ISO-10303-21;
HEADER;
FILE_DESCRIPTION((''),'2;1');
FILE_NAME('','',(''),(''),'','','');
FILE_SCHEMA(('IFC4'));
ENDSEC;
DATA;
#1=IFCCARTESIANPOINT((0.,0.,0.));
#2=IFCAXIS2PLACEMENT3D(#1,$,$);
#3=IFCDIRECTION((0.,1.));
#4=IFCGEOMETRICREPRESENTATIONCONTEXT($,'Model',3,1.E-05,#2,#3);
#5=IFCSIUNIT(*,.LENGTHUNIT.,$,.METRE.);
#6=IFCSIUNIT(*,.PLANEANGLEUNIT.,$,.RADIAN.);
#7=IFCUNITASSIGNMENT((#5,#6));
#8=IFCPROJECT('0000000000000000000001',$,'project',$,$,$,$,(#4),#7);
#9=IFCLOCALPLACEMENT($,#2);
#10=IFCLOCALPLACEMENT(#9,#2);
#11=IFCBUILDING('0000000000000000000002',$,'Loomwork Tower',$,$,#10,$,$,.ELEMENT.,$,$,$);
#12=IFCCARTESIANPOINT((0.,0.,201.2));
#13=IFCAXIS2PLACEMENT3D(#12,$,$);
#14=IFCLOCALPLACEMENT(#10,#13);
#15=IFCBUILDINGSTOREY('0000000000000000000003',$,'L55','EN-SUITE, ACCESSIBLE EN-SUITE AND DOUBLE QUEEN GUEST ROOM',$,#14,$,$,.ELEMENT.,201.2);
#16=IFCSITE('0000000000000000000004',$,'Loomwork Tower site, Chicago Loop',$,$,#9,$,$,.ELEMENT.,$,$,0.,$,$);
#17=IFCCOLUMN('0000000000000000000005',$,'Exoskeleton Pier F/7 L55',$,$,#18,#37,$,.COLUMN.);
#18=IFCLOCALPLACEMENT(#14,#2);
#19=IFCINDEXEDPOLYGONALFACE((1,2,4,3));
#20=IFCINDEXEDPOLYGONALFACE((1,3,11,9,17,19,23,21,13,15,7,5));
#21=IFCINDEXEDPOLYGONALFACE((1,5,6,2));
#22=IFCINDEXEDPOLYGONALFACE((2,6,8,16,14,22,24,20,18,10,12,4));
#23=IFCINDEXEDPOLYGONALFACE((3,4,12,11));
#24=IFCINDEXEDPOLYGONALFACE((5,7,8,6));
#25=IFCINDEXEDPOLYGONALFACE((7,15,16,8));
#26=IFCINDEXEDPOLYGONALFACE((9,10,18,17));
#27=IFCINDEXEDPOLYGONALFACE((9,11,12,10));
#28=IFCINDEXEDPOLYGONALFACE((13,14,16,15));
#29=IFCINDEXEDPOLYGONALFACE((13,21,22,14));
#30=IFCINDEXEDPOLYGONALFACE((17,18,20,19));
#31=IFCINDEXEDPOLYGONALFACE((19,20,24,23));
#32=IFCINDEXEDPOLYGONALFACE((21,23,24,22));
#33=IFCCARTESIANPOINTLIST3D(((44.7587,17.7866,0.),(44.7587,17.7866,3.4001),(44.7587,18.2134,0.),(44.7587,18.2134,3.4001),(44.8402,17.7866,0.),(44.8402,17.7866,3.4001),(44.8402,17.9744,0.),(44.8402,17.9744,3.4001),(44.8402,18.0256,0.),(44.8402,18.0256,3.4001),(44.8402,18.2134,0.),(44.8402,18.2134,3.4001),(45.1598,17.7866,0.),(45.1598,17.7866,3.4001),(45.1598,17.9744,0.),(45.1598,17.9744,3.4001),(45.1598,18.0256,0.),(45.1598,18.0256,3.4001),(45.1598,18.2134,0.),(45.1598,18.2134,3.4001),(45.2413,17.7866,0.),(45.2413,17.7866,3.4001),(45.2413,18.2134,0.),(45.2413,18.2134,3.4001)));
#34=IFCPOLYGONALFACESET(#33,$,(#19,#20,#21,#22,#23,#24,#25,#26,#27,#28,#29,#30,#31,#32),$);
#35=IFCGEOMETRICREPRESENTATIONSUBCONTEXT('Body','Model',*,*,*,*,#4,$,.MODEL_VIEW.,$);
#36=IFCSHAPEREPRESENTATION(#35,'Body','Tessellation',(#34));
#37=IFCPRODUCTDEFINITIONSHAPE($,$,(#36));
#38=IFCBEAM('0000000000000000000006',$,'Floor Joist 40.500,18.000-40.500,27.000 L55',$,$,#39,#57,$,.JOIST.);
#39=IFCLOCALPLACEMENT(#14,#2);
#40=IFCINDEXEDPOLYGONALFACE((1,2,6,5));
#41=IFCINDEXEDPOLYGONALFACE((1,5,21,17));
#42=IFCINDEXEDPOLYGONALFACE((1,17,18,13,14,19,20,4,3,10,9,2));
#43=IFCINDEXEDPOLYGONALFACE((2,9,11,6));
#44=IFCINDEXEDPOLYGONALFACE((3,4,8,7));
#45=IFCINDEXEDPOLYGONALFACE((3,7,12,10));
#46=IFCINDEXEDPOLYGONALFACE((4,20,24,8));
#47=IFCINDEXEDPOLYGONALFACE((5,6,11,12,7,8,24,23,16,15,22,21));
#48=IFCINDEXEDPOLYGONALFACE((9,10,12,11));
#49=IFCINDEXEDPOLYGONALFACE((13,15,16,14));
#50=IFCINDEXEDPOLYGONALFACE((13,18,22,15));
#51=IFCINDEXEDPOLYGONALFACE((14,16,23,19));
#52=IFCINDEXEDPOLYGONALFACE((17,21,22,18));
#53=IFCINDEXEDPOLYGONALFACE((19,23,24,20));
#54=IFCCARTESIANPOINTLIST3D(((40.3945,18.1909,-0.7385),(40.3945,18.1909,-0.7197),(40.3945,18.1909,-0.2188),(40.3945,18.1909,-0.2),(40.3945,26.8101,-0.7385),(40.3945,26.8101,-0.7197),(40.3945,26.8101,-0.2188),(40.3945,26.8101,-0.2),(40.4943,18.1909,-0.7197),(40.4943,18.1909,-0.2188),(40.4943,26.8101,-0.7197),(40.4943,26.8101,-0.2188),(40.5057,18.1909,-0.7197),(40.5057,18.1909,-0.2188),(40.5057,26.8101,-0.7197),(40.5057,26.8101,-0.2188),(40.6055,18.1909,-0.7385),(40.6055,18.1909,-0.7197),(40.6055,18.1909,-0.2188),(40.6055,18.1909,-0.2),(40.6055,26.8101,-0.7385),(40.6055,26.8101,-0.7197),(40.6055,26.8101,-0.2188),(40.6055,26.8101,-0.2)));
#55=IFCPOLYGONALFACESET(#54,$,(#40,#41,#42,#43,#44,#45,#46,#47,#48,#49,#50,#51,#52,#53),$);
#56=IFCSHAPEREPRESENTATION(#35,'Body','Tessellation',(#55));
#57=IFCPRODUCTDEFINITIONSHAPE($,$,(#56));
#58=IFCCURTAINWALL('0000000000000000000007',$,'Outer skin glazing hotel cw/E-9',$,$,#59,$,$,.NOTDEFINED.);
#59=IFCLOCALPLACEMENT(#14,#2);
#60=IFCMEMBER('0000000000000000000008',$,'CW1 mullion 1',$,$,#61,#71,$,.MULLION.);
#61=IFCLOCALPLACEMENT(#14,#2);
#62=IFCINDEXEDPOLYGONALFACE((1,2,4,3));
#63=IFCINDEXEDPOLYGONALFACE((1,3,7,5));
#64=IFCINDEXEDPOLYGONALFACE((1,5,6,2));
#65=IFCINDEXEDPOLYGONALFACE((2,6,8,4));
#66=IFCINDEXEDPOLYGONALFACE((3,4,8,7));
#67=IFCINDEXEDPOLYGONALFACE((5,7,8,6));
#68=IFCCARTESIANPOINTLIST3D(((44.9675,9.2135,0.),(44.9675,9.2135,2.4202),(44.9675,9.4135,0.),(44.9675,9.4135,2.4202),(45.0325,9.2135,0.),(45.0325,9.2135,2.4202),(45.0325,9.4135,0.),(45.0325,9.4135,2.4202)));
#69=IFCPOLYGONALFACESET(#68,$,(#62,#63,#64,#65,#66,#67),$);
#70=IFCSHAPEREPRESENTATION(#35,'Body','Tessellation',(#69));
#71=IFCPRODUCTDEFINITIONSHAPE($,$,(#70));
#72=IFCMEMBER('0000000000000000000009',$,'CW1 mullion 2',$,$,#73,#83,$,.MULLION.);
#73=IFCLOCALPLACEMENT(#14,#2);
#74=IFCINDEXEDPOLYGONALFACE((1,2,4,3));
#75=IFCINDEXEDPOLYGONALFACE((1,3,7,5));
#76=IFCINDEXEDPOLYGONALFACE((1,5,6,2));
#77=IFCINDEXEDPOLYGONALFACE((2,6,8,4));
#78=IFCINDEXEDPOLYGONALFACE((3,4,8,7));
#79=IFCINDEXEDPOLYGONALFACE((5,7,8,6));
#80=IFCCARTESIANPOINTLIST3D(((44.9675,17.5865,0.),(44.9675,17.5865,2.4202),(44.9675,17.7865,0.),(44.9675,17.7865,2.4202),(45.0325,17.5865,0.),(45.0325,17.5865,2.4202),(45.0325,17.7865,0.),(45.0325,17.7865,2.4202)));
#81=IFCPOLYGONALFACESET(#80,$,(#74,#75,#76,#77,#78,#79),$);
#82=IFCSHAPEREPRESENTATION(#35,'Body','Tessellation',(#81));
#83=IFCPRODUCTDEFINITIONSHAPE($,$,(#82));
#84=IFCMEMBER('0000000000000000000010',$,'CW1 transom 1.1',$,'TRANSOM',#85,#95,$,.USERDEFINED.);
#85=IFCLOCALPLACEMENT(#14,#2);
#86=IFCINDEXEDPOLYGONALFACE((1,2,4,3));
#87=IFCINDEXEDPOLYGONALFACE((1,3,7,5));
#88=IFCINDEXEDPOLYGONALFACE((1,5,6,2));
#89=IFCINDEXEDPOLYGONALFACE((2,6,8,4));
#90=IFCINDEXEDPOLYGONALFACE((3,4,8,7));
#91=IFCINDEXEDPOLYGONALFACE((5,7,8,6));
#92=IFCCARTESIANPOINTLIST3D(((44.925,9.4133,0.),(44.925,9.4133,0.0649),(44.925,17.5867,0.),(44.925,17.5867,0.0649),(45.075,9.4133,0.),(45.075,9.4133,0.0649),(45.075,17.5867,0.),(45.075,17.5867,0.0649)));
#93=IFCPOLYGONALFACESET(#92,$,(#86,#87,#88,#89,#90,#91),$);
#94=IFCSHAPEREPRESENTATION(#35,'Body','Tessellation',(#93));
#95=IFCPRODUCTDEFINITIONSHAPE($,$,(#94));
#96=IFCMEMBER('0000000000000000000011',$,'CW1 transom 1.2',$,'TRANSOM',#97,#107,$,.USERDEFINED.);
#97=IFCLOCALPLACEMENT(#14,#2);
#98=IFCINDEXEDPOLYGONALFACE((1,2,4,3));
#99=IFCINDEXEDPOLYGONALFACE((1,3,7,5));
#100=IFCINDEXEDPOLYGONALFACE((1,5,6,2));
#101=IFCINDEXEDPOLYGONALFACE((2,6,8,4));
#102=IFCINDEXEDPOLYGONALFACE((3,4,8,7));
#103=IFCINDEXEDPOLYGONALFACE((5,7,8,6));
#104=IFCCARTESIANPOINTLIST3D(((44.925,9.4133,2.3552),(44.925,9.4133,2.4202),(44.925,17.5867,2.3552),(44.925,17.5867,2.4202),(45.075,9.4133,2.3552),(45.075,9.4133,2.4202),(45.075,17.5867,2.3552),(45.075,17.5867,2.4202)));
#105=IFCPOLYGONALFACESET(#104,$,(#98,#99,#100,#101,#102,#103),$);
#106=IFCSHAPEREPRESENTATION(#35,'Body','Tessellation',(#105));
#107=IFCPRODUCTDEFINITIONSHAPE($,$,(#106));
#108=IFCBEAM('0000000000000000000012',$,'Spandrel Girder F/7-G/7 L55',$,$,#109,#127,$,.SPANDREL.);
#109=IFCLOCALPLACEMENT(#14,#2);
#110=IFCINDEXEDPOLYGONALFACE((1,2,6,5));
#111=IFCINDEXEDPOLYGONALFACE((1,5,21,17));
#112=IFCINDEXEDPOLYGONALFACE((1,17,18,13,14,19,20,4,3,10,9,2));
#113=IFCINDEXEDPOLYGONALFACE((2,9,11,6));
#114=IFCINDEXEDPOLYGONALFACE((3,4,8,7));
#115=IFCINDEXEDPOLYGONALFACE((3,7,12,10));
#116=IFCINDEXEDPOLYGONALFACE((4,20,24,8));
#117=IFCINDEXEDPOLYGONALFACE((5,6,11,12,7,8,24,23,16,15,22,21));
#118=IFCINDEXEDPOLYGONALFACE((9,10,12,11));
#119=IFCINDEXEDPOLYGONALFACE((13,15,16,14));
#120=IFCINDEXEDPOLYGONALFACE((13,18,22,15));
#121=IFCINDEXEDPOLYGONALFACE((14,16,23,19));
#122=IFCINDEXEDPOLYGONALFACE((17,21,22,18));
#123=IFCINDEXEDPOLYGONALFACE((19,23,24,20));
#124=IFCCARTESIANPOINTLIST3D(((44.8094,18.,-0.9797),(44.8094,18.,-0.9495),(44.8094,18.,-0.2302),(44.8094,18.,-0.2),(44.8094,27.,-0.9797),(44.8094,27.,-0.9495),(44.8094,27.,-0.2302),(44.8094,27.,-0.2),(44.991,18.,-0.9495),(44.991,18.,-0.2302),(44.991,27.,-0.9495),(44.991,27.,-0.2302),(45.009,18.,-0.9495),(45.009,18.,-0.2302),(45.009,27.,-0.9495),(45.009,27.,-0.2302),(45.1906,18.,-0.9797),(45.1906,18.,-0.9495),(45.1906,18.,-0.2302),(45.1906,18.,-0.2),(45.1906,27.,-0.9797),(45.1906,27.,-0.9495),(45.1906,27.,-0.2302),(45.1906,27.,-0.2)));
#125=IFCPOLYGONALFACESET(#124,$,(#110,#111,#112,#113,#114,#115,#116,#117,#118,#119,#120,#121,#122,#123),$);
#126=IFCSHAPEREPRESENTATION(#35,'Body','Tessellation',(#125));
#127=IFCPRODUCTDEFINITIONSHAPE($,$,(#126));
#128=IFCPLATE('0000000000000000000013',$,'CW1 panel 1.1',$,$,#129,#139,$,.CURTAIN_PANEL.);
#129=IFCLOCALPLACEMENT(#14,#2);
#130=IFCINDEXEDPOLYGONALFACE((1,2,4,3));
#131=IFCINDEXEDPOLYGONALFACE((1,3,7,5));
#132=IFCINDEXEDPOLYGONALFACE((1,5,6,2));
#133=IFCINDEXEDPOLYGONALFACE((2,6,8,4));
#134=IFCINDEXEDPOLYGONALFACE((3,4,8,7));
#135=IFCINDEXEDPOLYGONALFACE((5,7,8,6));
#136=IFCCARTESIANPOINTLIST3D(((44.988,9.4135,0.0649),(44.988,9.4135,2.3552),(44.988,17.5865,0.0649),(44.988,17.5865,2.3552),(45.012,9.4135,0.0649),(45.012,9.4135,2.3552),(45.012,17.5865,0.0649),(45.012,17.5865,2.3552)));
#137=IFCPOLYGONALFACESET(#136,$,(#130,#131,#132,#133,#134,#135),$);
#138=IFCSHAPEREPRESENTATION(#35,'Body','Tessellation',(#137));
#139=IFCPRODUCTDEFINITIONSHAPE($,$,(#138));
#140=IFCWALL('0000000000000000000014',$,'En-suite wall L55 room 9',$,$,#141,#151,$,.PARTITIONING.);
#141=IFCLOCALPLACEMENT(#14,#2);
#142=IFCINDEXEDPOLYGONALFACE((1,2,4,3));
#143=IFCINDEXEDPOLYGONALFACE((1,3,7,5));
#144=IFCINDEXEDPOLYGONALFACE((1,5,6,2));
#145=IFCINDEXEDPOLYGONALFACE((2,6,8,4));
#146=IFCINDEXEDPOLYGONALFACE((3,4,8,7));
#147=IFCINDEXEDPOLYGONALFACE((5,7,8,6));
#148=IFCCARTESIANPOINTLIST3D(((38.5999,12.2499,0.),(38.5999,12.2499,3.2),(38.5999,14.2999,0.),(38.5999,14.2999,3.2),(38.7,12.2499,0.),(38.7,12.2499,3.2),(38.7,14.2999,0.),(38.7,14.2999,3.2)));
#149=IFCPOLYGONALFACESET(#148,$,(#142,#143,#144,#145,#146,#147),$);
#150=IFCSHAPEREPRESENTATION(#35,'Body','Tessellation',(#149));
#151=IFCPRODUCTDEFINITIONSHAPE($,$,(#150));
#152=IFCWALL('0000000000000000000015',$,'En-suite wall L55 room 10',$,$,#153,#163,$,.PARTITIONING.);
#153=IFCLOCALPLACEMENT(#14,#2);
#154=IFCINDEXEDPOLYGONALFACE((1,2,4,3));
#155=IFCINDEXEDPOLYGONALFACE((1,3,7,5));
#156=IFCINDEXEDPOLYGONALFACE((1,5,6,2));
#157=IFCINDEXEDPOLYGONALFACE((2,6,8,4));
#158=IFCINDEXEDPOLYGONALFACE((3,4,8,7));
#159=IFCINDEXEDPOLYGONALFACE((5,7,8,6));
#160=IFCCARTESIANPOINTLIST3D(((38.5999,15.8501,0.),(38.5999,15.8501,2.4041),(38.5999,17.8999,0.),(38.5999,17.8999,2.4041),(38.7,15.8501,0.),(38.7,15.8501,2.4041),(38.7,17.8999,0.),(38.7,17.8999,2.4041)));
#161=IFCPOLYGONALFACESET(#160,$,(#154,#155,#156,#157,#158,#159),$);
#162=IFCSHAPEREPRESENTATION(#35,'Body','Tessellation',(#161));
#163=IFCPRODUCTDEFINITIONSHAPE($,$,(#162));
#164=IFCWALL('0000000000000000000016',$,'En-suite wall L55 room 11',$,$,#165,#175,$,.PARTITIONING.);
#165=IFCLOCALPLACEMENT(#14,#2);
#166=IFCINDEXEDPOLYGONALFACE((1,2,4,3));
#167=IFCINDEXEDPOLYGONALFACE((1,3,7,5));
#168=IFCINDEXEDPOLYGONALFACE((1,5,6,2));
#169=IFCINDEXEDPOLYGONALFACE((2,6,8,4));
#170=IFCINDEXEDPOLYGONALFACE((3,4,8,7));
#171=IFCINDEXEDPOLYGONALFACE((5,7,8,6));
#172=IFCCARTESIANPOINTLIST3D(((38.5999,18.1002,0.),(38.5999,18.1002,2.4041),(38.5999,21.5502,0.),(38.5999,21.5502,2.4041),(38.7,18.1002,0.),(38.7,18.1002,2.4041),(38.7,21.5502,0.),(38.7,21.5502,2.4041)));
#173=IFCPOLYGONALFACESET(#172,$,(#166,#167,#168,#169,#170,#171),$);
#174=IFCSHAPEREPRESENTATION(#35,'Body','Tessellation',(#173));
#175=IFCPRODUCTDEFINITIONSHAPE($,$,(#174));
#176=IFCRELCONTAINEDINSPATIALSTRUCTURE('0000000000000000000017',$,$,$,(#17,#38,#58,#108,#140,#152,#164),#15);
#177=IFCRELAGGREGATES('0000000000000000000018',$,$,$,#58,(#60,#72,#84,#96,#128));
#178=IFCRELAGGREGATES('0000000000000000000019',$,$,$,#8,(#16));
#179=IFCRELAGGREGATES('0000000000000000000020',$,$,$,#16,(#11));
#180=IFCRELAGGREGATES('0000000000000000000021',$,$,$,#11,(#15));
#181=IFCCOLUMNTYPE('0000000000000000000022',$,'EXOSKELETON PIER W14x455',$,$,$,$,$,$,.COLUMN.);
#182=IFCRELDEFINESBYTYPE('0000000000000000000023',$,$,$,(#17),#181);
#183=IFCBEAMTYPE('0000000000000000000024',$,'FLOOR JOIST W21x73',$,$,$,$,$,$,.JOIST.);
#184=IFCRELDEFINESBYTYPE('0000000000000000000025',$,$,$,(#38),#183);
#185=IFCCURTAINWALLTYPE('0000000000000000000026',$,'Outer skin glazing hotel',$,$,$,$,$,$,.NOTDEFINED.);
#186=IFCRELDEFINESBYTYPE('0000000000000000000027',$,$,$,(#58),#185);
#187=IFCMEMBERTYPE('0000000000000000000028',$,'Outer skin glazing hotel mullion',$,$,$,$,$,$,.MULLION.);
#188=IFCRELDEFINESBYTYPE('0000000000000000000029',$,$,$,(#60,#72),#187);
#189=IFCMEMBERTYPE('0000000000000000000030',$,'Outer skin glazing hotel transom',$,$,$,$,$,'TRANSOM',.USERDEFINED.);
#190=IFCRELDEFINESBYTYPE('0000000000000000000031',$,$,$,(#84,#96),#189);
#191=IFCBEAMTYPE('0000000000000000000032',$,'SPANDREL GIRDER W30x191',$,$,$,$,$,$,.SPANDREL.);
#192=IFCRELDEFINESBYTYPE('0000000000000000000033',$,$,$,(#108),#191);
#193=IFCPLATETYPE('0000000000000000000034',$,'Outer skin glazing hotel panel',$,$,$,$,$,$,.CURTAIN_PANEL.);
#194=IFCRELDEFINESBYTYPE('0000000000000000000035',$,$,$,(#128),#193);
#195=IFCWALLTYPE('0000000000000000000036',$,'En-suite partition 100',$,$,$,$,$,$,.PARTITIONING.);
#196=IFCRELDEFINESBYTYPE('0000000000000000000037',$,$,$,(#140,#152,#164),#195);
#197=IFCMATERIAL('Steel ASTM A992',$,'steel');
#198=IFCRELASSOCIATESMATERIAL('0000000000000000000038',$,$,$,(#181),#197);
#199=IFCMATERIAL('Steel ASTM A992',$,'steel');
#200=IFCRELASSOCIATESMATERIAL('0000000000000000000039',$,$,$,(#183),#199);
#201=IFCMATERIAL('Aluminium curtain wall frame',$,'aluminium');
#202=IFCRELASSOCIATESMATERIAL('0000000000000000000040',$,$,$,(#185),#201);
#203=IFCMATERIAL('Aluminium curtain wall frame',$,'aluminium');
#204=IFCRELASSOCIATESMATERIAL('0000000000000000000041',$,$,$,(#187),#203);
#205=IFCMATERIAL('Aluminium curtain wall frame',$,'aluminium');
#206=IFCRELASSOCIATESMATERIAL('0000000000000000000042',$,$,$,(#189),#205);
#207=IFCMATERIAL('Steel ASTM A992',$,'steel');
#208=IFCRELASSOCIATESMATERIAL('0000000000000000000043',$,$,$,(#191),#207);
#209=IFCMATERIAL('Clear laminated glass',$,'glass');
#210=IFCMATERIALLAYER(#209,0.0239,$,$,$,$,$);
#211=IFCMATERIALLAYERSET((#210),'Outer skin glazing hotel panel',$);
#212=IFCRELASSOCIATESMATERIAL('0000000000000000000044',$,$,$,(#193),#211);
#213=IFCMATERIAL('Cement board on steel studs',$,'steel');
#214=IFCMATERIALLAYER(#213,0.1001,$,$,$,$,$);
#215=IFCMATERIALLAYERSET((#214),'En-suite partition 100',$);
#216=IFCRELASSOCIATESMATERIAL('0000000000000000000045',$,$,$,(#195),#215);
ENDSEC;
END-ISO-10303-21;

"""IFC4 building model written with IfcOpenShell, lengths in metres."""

from ifc_helpers import new_model, si_unit, direction, frame, frame_2d, origin, origin_2d, place, context, subcontext, project, spatial, rectangle, i_section, extrude, material, layer, layer_set, material_profile, profile_set, type_object, element, aggregate, save


model = new_model("IFC4")

# Units and contexts
model_context = context("Model", 3, precision=1e-05, world=origin(), true_north=direction((0.0, 1.0)))
body_context = subcontext(model_context, "Body", "Model", "MODEL_VIEW")
ifc_project = project(units=[si_unit("LENGTHUNIT", "METRE"), si_unit("PLANEANGLEUNIT", "RADIAN")], contexts=[model_context])

# Site, building, storey
site_placement = place(None, origin())
site = spatial("IfcSite", under=ifc_project, at=site_placement, Name="Loomwork Tower site, Chicago Loop", CompositionType="ELEMENT", RefElevation=0.0)
building_placement = place(site_placement, origin())
building = spatial("IfcBuilding", under=site, at=building_placement, Name="Loomwork Tower", CompositionType="ELEMENT")
storey_placement = place(building_placement, frame((0.0, 0.0, 201.2)))
storey = spatial("IfcBuildingStorey", under=building, at=storey_placement, Name="L55", Description="EN-SUITE, ACCESSIBLE EN-SUITE AND DOUBLE QUEEN GUEST ROOM", CompositionType="ELEMENT", Elevation=201.2)

# Column
ifc_material_1 = material(Name="Steel ASTM A992", Category="steel")
ifc_material_profile_1 = material_profile(ifc_material_1, i_section(OverallWidth=0.4268, OverallDepth=0.4827, WebThickness=0.0513, FlangeThickness=0.0815, at=origin_2d()), Name="W14x455")
ifc_profile_set_1 = profile_set([ifc_material_profile_1], Name="Steel ASTM A992")
column_type = type_object("IfcColumnType", Name="EXOSKELETON PIER W14x455", PredefinedType="COLUMN", material=ifc_profile_set_1)
column_placement = place(storey_placement, frame((45.0, 18.0, 0.0), z_axis=(0.0, 0.0, 1.0), x_axis=(0.0, 1.0, 0.0)))
element("IfcColumn", 1, at=column_placement, inside=storey, type_object=column_type, Name="Exoskeleton Pier F/7 L55", PredefinedType="COLUMN", context=body_context, shape_type="SweptSolid", body=[
    extrude(i_section(OverallWidth=0.4268, OverallDepth=0.4827, WebThickness=0.0513, FlangeThickness=0.0815, at=origin_2d()), origin(), (0.0, 0.0, 1.0), 3.4001),
])

# Beam
ifc_material_2 = material(Name="Steel ASTM A992", Category="steel")
ifc_material_profile_2 = material_profile(ifc_material_2, i_section(OverallWidth=0.2109, OverallDepth=0.5386, WebThickness=0.0115, FlangeThickness=0.0188, at=origin_2d()), Name="W21x73")
ifc_profile_set_2 = profile_set([ifc_material_profile_2], Name="Steel ASTM A992")
beam_type_1 = type_object("IfcBeamType", Name="FLOOR JOIST W21x73", PredefinedType="JOIST", material=ifc_profile_set_2)
beam_1_placement = place(storey_placement, frame((40.5, 18.1909, -0.4692), z_axis=(0.0, 1.0, 0.0), x_axis=(-1.0, 0.0, 0.0)))
element("IfcBeam", 2, at=beam_1_placement, inside=storey, type_object=beam_type_1, Name="Floor Joist 40.500,18.000-40.500,27.000 L55", PredefinedType="JOIST", context=body_context, shape_type="SweptSolid", body=[
    extrude(i_section(OverallWidth=0.2109, OverallDepth=0.5386, WebThickness=0.0115, FlangeThickness=0.0188, at=origin_2d()), origin(), (0.0, 0.0, 1.0), 8.6191),
])

# Curtain wall, members
ifc_material_3 = material(Name="Aluminium curtain wall frame", Category="aluminium")
curtain_wall_type = type_object("IfcCurtainWallType", Name="Outer skin glazing hotel", PredefinedType="NOTDEFINED", material=ifc_material_3)
curtain_wall_placement = place(storey_placement, origin())
curtain_wall = element("IfcCurtainWall", 3, at=curtain_wall_placement, inside=storey, type_object=curtain_wall_type, Name="Outer skin glazing hotel cw/E-9", PredefinedType="NOTDEFINED")
ifc_material_4 = material(Name="Aluminium curtain wall frame", Category="aluminium")
ifc_material_profile_3 = material_profile(ifc_material_4, rectangle(XDim=0.0649, YDim=0.2, at=origin_2d()), Name="AL 65x200")
ifc_profile_set_3 = profile_set([ifc_material_profile_3], Name="Aluminium curtain wall frame")
member_type_1 = type_object("IfcMemberType", Name="Outer skin glazing hotel mullion", PredefinedType="MULLION", material=ifc_profile_set_3)
member_1_placement = place(storey_placement, frame((45.0, 9.3135, 0.0), z_axis=(0.0, 0.0, 1.0), x_axis=(-1.0, 0.0, 0.0)))
member_1 = element("IfcMember", 4, at=member_1_placement, type_object=member_type_1, Name="CW1 mullion 1", PredefinedType="MULLION", context=body_context, shape_type="SweptSolid", body=[
    extrude(rectangle(XDim=0.0649, YDim=0.2, at=origin_2d()), origin(), (0.0, 0.0, 1.0), 2.4202),
])
member_2_placement = place(storey_placement, frame((45.0, 17.6865, 0.0), z_axis=(0.0, 0.0, 1.0), x_axis=(-1.0, 0.0, 0.0)))
member_2 = element("IfcMember", 5, at=member_2_placement, type_object=member_type_1, Name="CW1 mullion 2", PredefinedType="MULLION", context=body_context, shape_type="SweptSolid", body=[
    extrude(rectangle(XDim=0.0649, YDim=0.2, at=origin_2d()), origin(), (0.0, 0.0, 1.0), 2.4202),
])
ifc_material_5 = material(Name="Aluminium curtain wall frame", Category="aluminium")
ifc_material_profile_4 = material_profile(ifc_material_5, rectangle(XDim=0.1499, YDim=0.0649, at=origin_2d()), Name="AL 65x150")
ifc_profile_set_4 = profile_set([ifc_material_profile_4], Name="Aluminium curtain wall frame")
member_type_2 = type_object("IfcMemberType", Name="Outer skin glazing hotel transom", ElementType="TRANSOM", PredefinedType="USERDEFINED", material=ifc_profile_set_4)
member_3_placement = place(storey_placement, frame((45.0, 9.4133, 0.0325), z_axis=(0.0, 1.0, 0.0), x_axis=(-1.0, 0.0, 0.0)))
member_3 = element("IfcMember", 6, at=member_3_placement, type_object=member_type_2, Name="CW1 transom 1.1", ObjectType="TRANSOM", PredefinedType="USERDEFINED", context=body_context, shape_type="SweptSolid", body=[
    extrude(rectangle(XDim=0.1499, YDim=0.0649, at=origin_2d()), origin(), (0.0, 0.0, 1.0), 8.1733),
])
member_4_placement = place(storey_placement, frame((45.0, 9.4133, 2.3877), z_axis=(0.0, 1.0, 0.0), x_axis=(-1.0, 0.0, 0.0)))
member_4 = element("IfcMember", 7, at=member_4_placement, type_object=member_type_2, Name="CW1 transom 1.2", ObjectType="TRANSOM", PredefinedType="USERDEFINED", context=body_context, shape_type="SweptSolid", body=[
    extrude(rectangle(XDim=0.1499, YDim=0.0649, at=origin_2d()), origin(), (0.0, 0.0, 1.0), 8.1733),
])

# Beam
ifc_material_6 = material(Name="Steel ASTM A992", Category="steel")
ifc_material_profile_5 = material_profile(ifc_material_6, i_section(OverallWidth=0.3811, OverallDepth=0.7798, WebThickness=0.0181, FlangeThickness=0.0303, at=origin_2d()), Name="W30x191")
ifc_profile_set_5 = profile_set([ifc_material_profile_5], Name="Steel ASTM A992")
beam_type_2 = type_object("IfcBeamType", Name="SPANDREL GIRDER W30x191", PredefinedType="SPANDREL", material=ifc_profile_set_5)
beam_2_placement = place(storey_placement, frame((45.0, 18.0, -0.5898), z_axis=(0.0, 1.0, 0.0), x_axis=(-1.0, 0.0, 0.0)))
element("IfcBeam", 8, at=beam_2_placement, inside=storey, type_object=beam_type_2, Name="Spandrel Girder F/7-G/7 L55", PredefinedType="SPANDREL", context=body_context, shape_type="SweptSolid", body=[
    extrude(i_section(OverallWidth=0.3811, OverallDepth=0.7798, WebThickness=0.0181, FlangeThickness=0.0303, at=origin_2d()), origin(), (0.0, 0.0, 1.0), 9.0),
])

# Plate
ifc_material_7 = material(Name="Clear laminated glass", Category="glass")
ifc_layer_1 = layer(ifc_material_7, 0.0239)
ifc_layer_set_1 = layer_set([ifc_layer_1], Name="Outer skin glazing hotel panel")
plate_type = type_object("IfcPlateType", Name="Outer skin glazing hotel panel", PredefinedType="CURTAIN_PANEL", material=ifc_layer_set_1)
plate_placement = place(storey_placement, frame((45.0, 13.5, 0.0649), z_axis=(0.0, 0.0, 1.0), x_axis=(0.0, 1.0, 0.0)))
plate = element("IfcPlate", 9, at=plate_placement, type_object=plate_type, Name="CW1 panel 1.1", PredefinedType="CURTAIN_PANEL", context=body_context, shape_type="SweptSolid", body=[
    extrude(rectangle(XDim=8.1731, YDim=0.0239, at=origin_2d()), origin(), (0.0, 0.0, 1.0), 2.2903),
])
aggregate(curtain_wall, [member_1, member_2, member_3, member_4, plate])

# Walls
ifc_material_8 = material(Name="Cement board on steel studs", Category="steel")
ifc_layer_2 = layer(ifc_material_8, 0.1001)
ifc_layer_set_2 = layer_set([ifc_layer_2], Name="En-suite partition 100")
wall_type_1 = type_object("IfcWallType", Name="En-suite partition 100", PredefinedType="PARTITIONING", material=ifc_layer_set_2)
wall_1_placement = place(storey_placement, frame((38.6499, 12.25, 0.0), z_axis=(0.0, 0.0, 1.0), x_axis=(0.0, 1.0, 0.0)))
element("IfcWall", 10, at=wall_1_placement, inside=storey, type_object=wall_type_1, Name="En-suite wall L55 room 9", PredefinedType="PARTITIONING", context=body_context, shape_type="SweptSolid", body=[
    extrude(rectangle(XDim=2.05, YDim=0.1001, at=frame_2d((1.0249, 0.0))), origin(), (0.0, 0.0, 1.0), 3.2),
])
wall_2_placement = place(storey_placement, frame((38.6499, 15.8501, 0.0), z_axis=(0.0, 0.0, 1.0), x_axis=(0.0, 1.0, 0.0)))
element("IfcWall", 11, at=wall_2_placement, inside=storey, type_object=wall_type_1, Name="En-suite wall L55 room 10", PredefinedType="PARTITIONING", context=body_context, shape_type="SweptSolid", body=[
    extrude(rectangle(XDim=2.0498, YDim=0.1001, at=frame_2d((1.0249, 0.0))), origin(), (0.0, 0.0, 1.0), 2.4041),
])
wall_3_placement = place(storey_placement, frame((38.6499, 18.1001, 0.0), z_axis=(0.0, 0.0, 1.0), x_axis=(0.0, 1.0, 0.0)))
element("IfcWall", 12, at=wall_3_placement, inside=storey, type_object=wall_type_1, Name="En-suite wall L55 room 11", PredefinedType="PARTITIONING", context=body_context, shape_type="SweptSolid", body=[
    extrude(rectangle(XDim=3.45, YDim=0.1001, at=frame_2d((1.7251, 0.0))), origin(), (0.0, 0.0, 1.0), 2.4041),
])

save(model, "model.ifc")
